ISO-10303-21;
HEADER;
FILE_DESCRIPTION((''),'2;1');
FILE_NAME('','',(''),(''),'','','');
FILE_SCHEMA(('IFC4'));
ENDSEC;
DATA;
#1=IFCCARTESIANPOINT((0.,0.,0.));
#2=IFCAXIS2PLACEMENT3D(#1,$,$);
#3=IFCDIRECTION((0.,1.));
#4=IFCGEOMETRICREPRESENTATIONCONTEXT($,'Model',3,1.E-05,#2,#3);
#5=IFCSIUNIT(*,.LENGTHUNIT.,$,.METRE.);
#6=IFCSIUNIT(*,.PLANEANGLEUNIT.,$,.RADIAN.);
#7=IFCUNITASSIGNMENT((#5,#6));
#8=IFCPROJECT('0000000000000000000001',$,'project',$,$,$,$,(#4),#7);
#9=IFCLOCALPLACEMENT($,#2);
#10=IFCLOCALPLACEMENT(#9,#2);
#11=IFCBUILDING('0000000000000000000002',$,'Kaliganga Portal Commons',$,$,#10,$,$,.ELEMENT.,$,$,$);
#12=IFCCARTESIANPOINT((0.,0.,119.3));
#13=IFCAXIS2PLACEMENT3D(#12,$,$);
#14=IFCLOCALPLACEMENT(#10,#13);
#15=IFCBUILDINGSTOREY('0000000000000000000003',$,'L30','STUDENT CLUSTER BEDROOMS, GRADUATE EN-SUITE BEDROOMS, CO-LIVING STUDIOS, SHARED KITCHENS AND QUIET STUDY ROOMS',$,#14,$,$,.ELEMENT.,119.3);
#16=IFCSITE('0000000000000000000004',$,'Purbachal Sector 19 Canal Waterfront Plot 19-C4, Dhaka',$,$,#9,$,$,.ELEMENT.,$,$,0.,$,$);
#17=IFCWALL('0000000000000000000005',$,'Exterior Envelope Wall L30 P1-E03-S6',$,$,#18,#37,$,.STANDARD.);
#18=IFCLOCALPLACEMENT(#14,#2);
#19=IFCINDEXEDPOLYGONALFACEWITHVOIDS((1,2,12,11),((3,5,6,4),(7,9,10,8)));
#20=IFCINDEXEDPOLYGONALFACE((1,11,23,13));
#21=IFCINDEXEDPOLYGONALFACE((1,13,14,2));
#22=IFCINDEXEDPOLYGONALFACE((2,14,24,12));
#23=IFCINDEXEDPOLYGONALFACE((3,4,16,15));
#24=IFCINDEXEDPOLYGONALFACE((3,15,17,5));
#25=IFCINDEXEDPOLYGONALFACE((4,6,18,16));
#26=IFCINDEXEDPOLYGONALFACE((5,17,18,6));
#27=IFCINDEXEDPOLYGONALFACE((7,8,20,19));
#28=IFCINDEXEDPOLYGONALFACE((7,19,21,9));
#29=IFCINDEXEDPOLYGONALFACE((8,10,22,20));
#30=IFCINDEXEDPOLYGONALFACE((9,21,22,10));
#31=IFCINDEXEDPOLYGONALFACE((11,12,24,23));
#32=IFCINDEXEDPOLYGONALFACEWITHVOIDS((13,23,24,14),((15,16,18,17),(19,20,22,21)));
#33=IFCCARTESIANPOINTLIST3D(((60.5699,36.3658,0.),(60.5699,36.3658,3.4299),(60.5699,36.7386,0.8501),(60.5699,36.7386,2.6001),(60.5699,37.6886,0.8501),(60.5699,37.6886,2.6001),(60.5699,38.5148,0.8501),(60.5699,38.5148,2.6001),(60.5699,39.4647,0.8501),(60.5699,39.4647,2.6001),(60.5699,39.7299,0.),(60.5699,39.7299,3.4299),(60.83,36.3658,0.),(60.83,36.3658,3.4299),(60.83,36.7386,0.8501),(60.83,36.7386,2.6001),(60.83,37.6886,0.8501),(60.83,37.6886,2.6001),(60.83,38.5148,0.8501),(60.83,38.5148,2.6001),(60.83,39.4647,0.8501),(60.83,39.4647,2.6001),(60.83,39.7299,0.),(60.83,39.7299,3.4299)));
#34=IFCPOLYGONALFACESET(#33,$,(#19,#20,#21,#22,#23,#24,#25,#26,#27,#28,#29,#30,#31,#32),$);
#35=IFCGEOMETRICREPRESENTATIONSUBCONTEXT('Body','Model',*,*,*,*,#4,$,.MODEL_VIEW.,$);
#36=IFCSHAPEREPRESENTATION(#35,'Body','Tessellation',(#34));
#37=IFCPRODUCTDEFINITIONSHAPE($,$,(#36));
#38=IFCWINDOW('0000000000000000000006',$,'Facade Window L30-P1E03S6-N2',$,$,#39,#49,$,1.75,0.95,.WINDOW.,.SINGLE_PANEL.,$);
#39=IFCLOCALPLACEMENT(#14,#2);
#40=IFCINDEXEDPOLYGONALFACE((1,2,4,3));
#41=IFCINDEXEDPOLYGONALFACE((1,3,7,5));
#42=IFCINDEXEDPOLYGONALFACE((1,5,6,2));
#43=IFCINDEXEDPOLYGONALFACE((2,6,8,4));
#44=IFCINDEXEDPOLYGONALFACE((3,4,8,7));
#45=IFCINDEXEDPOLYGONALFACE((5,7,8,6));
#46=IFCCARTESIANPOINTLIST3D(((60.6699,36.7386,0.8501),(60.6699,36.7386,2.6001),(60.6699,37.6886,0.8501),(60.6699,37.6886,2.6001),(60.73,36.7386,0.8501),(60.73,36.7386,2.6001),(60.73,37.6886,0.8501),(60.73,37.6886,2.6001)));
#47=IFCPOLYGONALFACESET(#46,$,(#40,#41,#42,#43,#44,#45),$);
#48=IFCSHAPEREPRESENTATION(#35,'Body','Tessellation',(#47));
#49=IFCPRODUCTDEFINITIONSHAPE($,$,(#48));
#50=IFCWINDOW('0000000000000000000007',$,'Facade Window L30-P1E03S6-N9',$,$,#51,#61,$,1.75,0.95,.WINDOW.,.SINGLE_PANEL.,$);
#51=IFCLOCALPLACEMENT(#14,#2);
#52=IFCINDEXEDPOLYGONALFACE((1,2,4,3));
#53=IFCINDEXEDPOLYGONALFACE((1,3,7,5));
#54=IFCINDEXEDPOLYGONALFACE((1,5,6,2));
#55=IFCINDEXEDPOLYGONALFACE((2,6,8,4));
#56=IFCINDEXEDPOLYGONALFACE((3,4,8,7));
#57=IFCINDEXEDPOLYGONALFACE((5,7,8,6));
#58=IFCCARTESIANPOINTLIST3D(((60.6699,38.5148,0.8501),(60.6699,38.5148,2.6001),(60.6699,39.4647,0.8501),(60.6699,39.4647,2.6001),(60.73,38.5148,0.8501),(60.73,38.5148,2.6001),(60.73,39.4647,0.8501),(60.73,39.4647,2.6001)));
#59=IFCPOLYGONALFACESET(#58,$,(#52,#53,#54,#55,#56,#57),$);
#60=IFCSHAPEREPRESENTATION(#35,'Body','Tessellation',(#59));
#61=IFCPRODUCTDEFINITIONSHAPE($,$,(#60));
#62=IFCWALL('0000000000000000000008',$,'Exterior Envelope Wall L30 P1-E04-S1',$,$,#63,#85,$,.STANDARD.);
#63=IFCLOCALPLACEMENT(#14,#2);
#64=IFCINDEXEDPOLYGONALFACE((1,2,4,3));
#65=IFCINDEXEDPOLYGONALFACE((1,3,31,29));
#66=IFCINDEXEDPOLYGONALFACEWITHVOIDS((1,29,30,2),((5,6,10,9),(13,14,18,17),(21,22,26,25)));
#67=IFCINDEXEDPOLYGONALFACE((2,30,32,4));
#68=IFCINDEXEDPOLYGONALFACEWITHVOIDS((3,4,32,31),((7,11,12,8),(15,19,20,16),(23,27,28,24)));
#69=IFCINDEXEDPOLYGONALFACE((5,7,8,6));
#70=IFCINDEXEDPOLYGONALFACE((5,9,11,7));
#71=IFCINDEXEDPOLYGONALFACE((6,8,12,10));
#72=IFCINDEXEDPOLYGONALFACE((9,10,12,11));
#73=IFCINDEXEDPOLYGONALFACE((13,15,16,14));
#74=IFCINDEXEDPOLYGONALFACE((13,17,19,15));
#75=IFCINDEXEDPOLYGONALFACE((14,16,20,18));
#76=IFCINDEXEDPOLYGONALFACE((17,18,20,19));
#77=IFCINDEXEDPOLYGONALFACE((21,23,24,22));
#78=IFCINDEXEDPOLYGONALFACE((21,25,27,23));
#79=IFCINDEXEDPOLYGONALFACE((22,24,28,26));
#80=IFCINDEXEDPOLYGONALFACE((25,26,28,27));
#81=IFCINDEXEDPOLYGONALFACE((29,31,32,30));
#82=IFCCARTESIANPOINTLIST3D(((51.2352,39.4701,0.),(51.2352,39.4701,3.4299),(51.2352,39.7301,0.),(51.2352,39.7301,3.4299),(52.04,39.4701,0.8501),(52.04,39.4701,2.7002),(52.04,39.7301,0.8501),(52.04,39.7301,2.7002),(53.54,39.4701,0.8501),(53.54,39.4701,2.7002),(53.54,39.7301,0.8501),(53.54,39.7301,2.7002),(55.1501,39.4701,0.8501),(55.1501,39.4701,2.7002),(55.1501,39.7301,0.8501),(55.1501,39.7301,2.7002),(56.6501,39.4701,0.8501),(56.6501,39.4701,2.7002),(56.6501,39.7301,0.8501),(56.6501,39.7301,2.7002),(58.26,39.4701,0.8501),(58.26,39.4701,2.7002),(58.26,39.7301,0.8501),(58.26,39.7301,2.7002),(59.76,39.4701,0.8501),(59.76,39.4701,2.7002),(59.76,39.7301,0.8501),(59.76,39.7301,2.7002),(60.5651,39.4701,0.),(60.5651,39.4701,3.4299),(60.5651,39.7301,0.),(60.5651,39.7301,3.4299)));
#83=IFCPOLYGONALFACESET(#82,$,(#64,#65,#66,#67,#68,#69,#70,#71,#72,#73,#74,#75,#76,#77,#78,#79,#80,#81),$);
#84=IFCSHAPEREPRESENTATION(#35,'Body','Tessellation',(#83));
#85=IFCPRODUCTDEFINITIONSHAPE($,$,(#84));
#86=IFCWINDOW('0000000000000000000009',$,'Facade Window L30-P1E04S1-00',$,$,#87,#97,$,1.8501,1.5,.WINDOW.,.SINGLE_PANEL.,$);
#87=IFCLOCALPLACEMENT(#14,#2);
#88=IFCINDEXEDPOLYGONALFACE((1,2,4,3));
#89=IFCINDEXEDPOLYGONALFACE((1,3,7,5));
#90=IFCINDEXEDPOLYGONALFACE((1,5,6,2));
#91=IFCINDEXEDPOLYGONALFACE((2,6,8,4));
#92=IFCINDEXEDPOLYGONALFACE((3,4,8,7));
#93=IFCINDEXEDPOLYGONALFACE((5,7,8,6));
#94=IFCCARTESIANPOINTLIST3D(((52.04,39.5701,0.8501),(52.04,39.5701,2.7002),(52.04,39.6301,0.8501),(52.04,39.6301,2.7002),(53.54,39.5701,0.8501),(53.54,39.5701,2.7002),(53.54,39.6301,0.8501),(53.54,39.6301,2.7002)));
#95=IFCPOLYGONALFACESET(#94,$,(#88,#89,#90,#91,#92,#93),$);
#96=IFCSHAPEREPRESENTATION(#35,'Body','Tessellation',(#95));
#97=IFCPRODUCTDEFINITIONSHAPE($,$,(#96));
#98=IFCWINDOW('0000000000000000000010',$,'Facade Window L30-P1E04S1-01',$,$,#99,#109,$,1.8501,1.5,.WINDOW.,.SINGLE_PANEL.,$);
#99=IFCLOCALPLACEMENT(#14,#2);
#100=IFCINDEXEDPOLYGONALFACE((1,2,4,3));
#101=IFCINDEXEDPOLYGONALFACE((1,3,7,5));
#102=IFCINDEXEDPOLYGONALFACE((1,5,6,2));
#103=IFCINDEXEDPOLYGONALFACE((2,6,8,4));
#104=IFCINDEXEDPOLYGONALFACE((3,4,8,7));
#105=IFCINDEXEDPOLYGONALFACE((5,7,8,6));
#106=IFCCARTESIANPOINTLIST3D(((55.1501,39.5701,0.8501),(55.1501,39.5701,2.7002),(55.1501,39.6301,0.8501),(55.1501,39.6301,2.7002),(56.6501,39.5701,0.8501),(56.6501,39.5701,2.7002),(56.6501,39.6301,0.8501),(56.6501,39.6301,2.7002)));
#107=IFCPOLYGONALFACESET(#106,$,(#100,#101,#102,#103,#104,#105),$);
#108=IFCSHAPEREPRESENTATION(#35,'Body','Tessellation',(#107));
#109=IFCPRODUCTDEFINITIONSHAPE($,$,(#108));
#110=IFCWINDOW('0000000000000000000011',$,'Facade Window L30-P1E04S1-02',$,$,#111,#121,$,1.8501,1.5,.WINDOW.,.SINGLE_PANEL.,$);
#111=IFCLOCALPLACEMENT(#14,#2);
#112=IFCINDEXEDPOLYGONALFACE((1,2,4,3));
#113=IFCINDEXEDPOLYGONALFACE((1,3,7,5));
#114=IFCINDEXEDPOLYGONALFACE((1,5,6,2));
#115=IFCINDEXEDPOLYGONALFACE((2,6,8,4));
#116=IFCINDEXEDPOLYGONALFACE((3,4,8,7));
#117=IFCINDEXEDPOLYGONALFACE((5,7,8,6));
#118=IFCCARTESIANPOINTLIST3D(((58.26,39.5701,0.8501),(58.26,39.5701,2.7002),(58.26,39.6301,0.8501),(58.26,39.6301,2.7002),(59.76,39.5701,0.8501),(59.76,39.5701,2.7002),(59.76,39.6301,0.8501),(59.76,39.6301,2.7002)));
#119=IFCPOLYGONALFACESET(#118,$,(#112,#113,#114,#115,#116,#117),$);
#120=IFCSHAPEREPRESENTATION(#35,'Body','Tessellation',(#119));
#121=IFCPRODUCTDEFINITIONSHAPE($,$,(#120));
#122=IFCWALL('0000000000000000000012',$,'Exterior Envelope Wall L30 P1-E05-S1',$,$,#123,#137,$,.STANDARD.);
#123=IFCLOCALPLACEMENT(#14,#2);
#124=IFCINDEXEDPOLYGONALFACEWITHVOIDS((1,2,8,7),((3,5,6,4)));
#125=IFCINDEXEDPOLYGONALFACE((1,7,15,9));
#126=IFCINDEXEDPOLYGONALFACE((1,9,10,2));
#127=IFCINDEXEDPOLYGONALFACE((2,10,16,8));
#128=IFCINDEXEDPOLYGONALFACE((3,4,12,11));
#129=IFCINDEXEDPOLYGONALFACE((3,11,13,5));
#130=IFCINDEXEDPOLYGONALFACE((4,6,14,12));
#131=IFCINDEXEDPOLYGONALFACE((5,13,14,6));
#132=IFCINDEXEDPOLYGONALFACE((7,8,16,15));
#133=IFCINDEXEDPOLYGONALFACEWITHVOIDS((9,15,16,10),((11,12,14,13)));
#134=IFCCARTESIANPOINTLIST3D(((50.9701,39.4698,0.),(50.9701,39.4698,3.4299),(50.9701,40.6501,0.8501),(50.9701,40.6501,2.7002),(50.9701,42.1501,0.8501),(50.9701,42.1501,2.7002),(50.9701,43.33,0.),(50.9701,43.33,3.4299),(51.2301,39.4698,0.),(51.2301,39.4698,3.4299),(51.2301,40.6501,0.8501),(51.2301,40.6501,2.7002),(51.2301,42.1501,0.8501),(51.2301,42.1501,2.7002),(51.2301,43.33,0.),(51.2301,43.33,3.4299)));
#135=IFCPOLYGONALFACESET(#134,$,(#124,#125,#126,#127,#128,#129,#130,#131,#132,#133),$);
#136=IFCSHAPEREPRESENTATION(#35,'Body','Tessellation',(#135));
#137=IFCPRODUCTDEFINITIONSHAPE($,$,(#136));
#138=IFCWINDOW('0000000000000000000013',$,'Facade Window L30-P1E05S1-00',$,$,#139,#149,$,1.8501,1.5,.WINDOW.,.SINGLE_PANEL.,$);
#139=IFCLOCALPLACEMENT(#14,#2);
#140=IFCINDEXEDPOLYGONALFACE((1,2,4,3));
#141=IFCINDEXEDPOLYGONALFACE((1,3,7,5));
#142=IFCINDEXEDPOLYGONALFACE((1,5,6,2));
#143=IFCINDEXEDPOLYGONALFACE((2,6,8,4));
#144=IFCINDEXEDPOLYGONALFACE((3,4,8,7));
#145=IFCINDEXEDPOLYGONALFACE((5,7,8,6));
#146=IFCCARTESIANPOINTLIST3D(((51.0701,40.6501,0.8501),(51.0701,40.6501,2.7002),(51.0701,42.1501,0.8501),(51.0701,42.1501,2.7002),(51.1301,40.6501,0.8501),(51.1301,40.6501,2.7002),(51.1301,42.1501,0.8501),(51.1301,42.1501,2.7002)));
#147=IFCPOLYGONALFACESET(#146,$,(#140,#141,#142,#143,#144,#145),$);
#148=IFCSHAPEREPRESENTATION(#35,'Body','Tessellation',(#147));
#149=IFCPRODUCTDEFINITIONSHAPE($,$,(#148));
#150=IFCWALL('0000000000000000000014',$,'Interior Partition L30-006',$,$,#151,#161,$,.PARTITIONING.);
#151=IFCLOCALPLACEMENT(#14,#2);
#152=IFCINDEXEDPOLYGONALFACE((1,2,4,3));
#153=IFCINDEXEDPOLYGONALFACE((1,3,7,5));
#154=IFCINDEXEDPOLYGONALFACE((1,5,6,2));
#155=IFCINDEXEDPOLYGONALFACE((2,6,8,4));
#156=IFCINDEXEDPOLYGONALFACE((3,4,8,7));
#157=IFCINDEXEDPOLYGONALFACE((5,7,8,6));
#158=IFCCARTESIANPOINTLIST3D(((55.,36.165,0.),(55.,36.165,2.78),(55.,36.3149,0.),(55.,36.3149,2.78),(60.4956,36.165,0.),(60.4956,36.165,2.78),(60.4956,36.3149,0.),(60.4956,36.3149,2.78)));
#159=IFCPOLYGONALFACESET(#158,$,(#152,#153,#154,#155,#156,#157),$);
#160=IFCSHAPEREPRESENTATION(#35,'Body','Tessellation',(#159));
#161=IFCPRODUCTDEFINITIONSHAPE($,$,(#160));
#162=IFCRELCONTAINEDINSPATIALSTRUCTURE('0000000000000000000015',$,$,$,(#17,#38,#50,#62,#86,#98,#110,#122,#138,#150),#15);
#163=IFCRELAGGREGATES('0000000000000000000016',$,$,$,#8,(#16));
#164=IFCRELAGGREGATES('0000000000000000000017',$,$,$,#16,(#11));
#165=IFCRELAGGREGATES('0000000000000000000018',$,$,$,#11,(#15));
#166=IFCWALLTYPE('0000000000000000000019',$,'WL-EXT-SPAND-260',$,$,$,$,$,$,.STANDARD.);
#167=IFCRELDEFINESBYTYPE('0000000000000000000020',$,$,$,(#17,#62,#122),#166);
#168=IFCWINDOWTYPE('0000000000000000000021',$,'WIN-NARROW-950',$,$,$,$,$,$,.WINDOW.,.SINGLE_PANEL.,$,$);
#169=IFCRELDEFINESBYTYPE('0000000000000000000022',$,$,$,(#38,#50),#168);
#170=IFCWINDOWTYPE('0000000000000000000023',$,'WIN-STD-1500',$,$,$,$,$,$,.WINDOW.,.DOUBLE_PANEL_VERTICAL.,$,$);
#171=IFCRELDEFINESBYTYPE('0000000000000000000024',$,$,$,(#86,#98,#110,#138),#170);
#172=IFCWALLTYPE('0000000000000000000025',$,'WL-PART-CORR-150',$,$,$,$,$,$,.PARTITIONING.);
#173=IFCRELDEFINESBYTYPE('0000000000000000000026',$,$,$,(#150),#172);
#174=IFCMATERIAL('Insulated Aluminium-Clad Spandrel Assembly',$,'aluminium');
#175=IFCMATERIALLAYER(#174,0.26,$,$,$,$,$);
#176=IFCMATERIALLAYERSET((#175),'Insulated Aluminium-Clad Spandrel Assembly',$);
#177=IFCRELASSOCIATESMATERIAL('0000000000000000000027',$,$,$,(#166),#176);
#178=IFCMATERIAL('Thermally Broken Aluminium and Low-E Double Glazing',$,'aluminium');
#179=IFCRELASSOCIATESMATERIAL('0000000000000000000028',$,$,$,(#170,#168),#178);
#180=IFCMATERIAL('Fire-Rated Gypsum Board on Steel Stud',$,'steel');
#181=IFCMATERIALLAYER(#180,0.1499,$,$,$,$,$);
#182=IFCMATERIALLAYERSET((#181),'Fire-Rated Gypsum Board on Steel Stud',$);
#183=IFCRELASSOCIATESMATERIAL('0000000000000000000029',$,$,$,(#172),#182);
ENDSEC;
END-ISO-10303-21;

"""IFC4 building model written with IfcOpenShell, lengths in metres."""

from ifc_helpers import new_model, si_unit, direction, frame, frame_2d, origin, place, context, subcontext, project, spatial, rectangle, extrude, material, layer, layer_set, type_object, element, fill, save


model = new_model("IFC4")

# Units and contexts
model_context = context("Model", 3, precision=1e-05, world=origin(), true_north=direction((0.0, 1.0)))
body_context = subcontext(model_context, "Body", "Model", "MODEL_VIEW")
ifc_project = project(units=[si_unit("LENGTHUNIT", "METRE"), si_unit("PLANEANGLEUNIT", "RADIAN")], contexts=[model_context])

# Site, building, storey
site_placement = place(None, origin())
site = spatial("IfcSite", under=ifc_project, at=site_placement, Name="Purbachal Sector 19 Canal Waterfront Plot 19-C4, Dhaka", CompositionType="ELEMENT", RefElevation=0.0)
building_placement = place(site_placement, origin())
building = spatial("IfcBuilding", under=site, at=building_placement, Name="Kaliganga Portal Commons", CompositionType="ELEMENT")
storey_placement = place(building_placement, frame((0.0, 0.0, 119.3)))
storey = spatial("IfcBuildingStorey", under=building, at=storey_placement, Name="L30", Description="STUDENT CLUSTER BEDROOMS, GRADUATE EN-SUITE BEDROOMS, CO-LIVING STUDIOS, SHARED KITCHENS AND QUIET STUDY ROOMS", CompositionType="ELEMENT", Elevation=119.3)

# Walls, openings, windows
ifc_material_1 = material(Name="Insulated Aluminium-Clad Spandrel Assembly", Category="aluminium")
ifc_layer_1 = layer(ifc_material_1, 0.26)
ifc_layer_set_1 = layer_set([ifc_layer_1], Name="Insulated Aluminium-Clad Spandrel Assembly")
wall_type_1 = type_object("IfcWallType", Name="WL-EXT-SPAND-260", PredefinedType="STANDARD", material=ifc_layer_set_1)
ifc_material_2 = material(Name="Thermally Broken Aluminium and Low-E Double Glazing", Category="aluminium")
window_type_1 = type_object("IfcWindowType", Name="WIN-STD-1500", PartitioningType="DOUBLE_PANEL_VERTICAL", PredefinedType="WINDOW", material=ifc_material_2)
wall_1_placement = place(storey_placement, frame((60.7, 39.73, 0.0), z_axis=(0.0, 0.0, 1.0), x_axis=(0.0, -1.0, 0.0)))
wall_1 = element("IfcWall", 1, at=wall_1_placement, inside=storey, type_object=wall_type_1, Name="Exterior Envelope Wall L30 P1-E03-S6", PredefinedType="STANDARD", context=body_context, shape_type="SweptSolid", body=[
    extrude(rectangle(XDim=3.364, YDim=0.26, at=frame_2d((1.6821, 0.0))), origin(), (0.0, 0.0, 1.0), 3.4299),
])
opening_1_placement = place(wall_1_placement, frame((2.0413, 0.0, 0.8501)))
opening_1 = element("IfcOpeningElement", 2, at=opening_1_placement, cuts=wall_1, PredefinedType="OPENING", context=body_context, shape_type="SweptSolid", body=[
    extrude(rectangle(XDim=0.95, YDim=1.75, at=frame_2d((0.4751, 0.875))), frame((0.0, 0.1401, 0.0), z_axis=(0.0, -1.0, 0.0), x_axis=(1.0, 0.0, 0.0)), (0.0, 0.0, 1.0), 0.28),
])
opening_2_placement = place(wall_1_placement, frame((0.2651, 0.0, 0.8501)))
opening_2 = element("IfcOpeningElement", 3, at=opening_2_placement, cuts=wall_1, PredefinedType="OPENING", context=body_context, shape_type="SweptSolid", body=[
    extrude(rectangle(XDim=0.95, YDim=1.75, at=frame_2d((0.4751, 0.875))), frame((0.0, 0.1401, 0.0), z_axis=(0.0, -1.0, 0.0), x_axis=(1.0, 0.0, 0.0)), (0.0, 0.0, 1.0), 0.28),
])
window_type_2 = type_object("IfcWindowType", Name="WIN-NARROW-950", PartitioningType="SINGLE_PANEL", PredefinedType="WINDOW", material=ifc_material_2)
window_1_placement = place(opening_1_placement, origin())
window_1 = element("IfcWindow", 4, at=window_1_placement, inside=storey, type_object=window_type_2, Name="Facade Window L30-P1E03S6-N2", OverallHeight=1.75, OverallWidth=0.95, PartitioningType="SINGLE_PANEL", PredefinedType="WINDOW", context=body_context, shape_type="SweptSolid", body=[
    extrude(rectangle(XDim=0.95, YDim=1.75, at=frame_2d((0.4751, 0.875))), frame((0.0, 0.03, 0.0), z_axis=(0.0, -1.0, 0.0), x_axis=(1.0, 0.0, 0.0)), (0.0, 0.0, 1.0), 0.0601),
])
fill(opening_1, window_1)
window_2_placement = place(opening_2_placement, origin())
window_2 = element("IfcWindow", 5, at=window_2_placement, inside=storey, type_object=window_type_2, Name="Facade Window L30-P1E03S6-N9", OverallHeight=1.75, OverallWidth=0.95, PartitioningType="SINGLE_PANEL", PredefinedType="WINDOW", context=body_context, shape_type="SweptSolid", body=[
    extrude(rectangle(XDim=0.95, YDim=1.75, at=frame_2d((0.4751, 0.875))), frame((0.0, 0.03, 0.0), z_axis=(0.0, -1.0, 0.0), x_axis=(1.0, 0.0, 0.0)), (0.0, 0.0, 1.0), 0.0601),
])
fill(opening_2, window_2)
wall_2_placement = place(storey_placement, frame((51.2351, 39.6001, 0.0), z_axis=(0.0, 0.0, 1.0), x_axis=(1.0, 0.0, 0.0)))
wall_2 = element("IfcWall", 6, at=wall_2_placement, inside=storey, type_object=wall_type_1, Name="Exterior Envelope Wall L30 P1-E04-S1", PredefinedType="STANDARD", context=body_context, shape_type="SweptSolid", body=[
    extrude(rectangle(XDim=9.3298, YDim=0.26, at=frame_2d((4.665, 0.0))), origin(), (0.0, 0.0, 1.0), 3.4299),
])
opening_3_placement = place(wall_2_placement, frame((0.8049, 0.0, 0.8501)))
opening_3 = element("IfcOpeningElement", 7, at=opening_3_placement, cuts=wall_2, PredefinedType="OPENING", context=body_context, shape_type="SweptSolid", body=[
    extrude(rectangle(XDim=1.5, YDim=1.8501, at=frame_2d((0.75, 0.925))), frame((0.0, 0.1401, 0.0), z_axis=(0.0, -1.0, 0.0), x_axis=(1.0, 0.0, 0.0)), (0.0, 0.0, 1.0), 0.28),
])
opening_4_placement = place(wall_2_placement, frame((3.915, 0.0, 0.8501)))
opening_4 = element("IfcOpeningElement", 8, at=opening_4_placement, cuts=wall_2, PredefinedType="OPENING", context=body_context, shape_type="SweptSolid", body=[
    extrude(rectangle(XDim=1.5, YDim=1.8501, at=frame_2d((0.75, 0.925))), frame((0.0, 0.1401, 0.0), z_axis=(0.0, -1.0, 0.0), x_axis=(1.0, 0.0, 0.0)), (0.0, 0.0, 1.0), 0.28),
])
opening_5_placement = place(wall_2_placement, frame((7.0249, 0.0, 0.8501)))
opening_5 = element("IfcOpeningElement", 9, at=opening_5_placement, cuts=wall_2, PredefinedType="OPENING", context=body_context, shape_type="SweptSolid", body=[
    extrude(rectangle(XDim=1.5, YDim=1.8501, at=frame_2d((0.75, 0.925))), frame((0.0, 0.1401, 0.0), z_axis=(0.0, -1.0, 0.0), x_axis=(1.0, 0.0, 0.0)), (0.0, 0.0, 1.0), 0.28),
])
window_3_placement = place(opening_3_placement, origin())
window_3 = element("IfcWindow", 10, at=window_3_placement, inside=storey, type_object=window_type_1, Name="Facade Window L30-P1E04S1-00", OverallHeight=1.8501, OverallWidth=1.5, PartitioningType="SINGLE_PANEL", PredefinedType="WINDOW", context=body_context, shape_type="SweptSolid", body=[
    extrude(rectangle(XDim=1.5, YDim=1.8501, at=frame_2d((0.75, 0.925))), frame((0.0, 0.03, 0.0), z_axis=(0.0, -1.0, 0.0), x_axis=(1.0, 0.0, 0.0)), (0.0, 0.0, 1.0), 0.0601),
])
fill(opening_3, window_3)
window_4_placement = place(opening_4_placement, origin())
window_4 = element("IfcWindow", 11, at=window_4_placement, inside=storey, type_object=window_type_1, Name="Facade Window L30-P1E04S1-01", OverallHeight=1.8501, OverallWidth=1.5, PartitioningType="SINGLE_PANEL", PredefinedType="WINDOW", context=body_context, shape_type="SweptSolid", body=[
    extrude(rectangle(XDim=1.5, YDim=1.8501, at=frame_2d((0.75, 0.925))), frame((0.0, 0.03, 0.0), z_axis=(0.0, -1.0, 0.0), x_axis=(1.0, 0.0, 0.0)), (0.0, 0.0, 1.0), 0.0601),
])
fill(opening_4, window_4)
window_5_placement = place(opening_5_placement, origin())
window_5 = element("IfcWindow", 12, at=window_5_placement, inside=storey, type_object=window_type_1, Name="Facade Window L30-P1E04S1-02", OverallHeight=1.8501, OverallWidth=1.5, PartitioningType="SINGLE_PANEL", PredefinedType="WINDOW", context=body_context, shape_type="SweptSolid", body=[
    extrude(rectangle(XDim=1.5, YDim=1.8501, at=frame_2d((0.75, 0.925))), frame((0.0, 0.03, 0.0), z_axis=(0.0, -1.0, 0.0), x_axis=(1.0, 0.0, 0.0)), (0.0, 0.0, 1.0), 0.0601),
])
fill(opening_5, window_5)

# Wall, opening, window
wall_3_placement = place(storey_placement, frame((51.1001, 43.3301, 0.0), z_axis=(0.0, 0.0, 1.0), x_axis=(0.0, -1.0, 0.0)))
wall_3 = element("IfcWall", 13, at=wall_3_placement, inside=storey, type_object=wall_type_1, Name="Exterior Envelope Wall L30 P1-E05-S1", PredefinedType="STANDARD", context=body_context, shape_type="SweptSolid", body=[
    extrude(rectangle(XDim=3.8601, YDim=0.26, at=frame_2d((1.9302, 0.0))), origin(), (0.0, 0.0, 1.0), 3.4299),
])
opening_6_placement = place(wall_3_placement, frame((1.1799, 0.0, 0.8501)))
opening_6 = element("IfcOpeningElement", 14, at=opening_6_placement, cuts=wall_3, PredefinedType="OPENING", context=body_context, shape_type="SweptSolid", body=[
    extrude(rectangle(XDim=1.5, YDim=1.8501, at=frame_2d((0.75, 0.925))), frame((0.0, 0.1401, 0.0), z_axis=(0.0, -1.0, 0.0), x_axis=(1.0, 0.0, 0.0)), (0.0, 0.0, 1.0), 0.28),
])
window_6_placement = place(opening_6_placement, origin())
window_6 = element("IfcWindow", 15, at=window_6_placement, inside=storey, type_object=window_type_1, Name="Facade Window L30-P1E05S1-00", OverallHeight=1.8501, OverallWidth=1.5, PartitioningType="SINGLE_PANEL", PredefinedType="WINDOW", context=body_context, shape_type="SweptSolid", body=[
    extrude(rectangle(XDim=1.5, YDim=1.8501, at=frame_2d((0.75, 0.925))), frame((0.0, 0.03, 0.0), z_axis=(0.0, -1.0, 0.0), x_axis=(1.0, 0.0, 0.0)), (0.0, 0.0, 1.0), 0.0601),
])
fill(opening_6, window_6)

# Shared definitions
ifc_material_3 = material(Name="Fire-Rated Gypsum Board on Steel Stud", Category="steel")
ifc_layer_2 = layer(ifc_material_3, 0.1499)
ifc_layer_set_2 = layer_set([ifc_layer_2], Name="Fire-Rated Gypsum Board on Steel Stud")
wall_type_2 = type_object("IfcWallType", Name="WL-PART-CORR-150", PredefinedType="PARTITIONING", material=ifc_layer_set_2)

# Wall
wall_4_placement = place(storey_placement, frame((55.0, 36.24, 0.0), z_axis=(0.0, 0.0, 1.0), x_axis=(1.0, 0.0, 0.0)))
element("IfcWall", 16, at=wall_4_placement, inside=storey, type_object=wall_type_2, Name="Interior Partition L30-006", PredefinedType="PARTITIONING", context=body_context, shape_type="SweptSolid", body=[
    extrude(rectangle(XDim=5.4956, YDim=0.1499, at=frame_2d((2.7478, 0.0))), origin(), (0.0, 0.0, 1.0), 2.78),
])

save(model, "model.ifc")
